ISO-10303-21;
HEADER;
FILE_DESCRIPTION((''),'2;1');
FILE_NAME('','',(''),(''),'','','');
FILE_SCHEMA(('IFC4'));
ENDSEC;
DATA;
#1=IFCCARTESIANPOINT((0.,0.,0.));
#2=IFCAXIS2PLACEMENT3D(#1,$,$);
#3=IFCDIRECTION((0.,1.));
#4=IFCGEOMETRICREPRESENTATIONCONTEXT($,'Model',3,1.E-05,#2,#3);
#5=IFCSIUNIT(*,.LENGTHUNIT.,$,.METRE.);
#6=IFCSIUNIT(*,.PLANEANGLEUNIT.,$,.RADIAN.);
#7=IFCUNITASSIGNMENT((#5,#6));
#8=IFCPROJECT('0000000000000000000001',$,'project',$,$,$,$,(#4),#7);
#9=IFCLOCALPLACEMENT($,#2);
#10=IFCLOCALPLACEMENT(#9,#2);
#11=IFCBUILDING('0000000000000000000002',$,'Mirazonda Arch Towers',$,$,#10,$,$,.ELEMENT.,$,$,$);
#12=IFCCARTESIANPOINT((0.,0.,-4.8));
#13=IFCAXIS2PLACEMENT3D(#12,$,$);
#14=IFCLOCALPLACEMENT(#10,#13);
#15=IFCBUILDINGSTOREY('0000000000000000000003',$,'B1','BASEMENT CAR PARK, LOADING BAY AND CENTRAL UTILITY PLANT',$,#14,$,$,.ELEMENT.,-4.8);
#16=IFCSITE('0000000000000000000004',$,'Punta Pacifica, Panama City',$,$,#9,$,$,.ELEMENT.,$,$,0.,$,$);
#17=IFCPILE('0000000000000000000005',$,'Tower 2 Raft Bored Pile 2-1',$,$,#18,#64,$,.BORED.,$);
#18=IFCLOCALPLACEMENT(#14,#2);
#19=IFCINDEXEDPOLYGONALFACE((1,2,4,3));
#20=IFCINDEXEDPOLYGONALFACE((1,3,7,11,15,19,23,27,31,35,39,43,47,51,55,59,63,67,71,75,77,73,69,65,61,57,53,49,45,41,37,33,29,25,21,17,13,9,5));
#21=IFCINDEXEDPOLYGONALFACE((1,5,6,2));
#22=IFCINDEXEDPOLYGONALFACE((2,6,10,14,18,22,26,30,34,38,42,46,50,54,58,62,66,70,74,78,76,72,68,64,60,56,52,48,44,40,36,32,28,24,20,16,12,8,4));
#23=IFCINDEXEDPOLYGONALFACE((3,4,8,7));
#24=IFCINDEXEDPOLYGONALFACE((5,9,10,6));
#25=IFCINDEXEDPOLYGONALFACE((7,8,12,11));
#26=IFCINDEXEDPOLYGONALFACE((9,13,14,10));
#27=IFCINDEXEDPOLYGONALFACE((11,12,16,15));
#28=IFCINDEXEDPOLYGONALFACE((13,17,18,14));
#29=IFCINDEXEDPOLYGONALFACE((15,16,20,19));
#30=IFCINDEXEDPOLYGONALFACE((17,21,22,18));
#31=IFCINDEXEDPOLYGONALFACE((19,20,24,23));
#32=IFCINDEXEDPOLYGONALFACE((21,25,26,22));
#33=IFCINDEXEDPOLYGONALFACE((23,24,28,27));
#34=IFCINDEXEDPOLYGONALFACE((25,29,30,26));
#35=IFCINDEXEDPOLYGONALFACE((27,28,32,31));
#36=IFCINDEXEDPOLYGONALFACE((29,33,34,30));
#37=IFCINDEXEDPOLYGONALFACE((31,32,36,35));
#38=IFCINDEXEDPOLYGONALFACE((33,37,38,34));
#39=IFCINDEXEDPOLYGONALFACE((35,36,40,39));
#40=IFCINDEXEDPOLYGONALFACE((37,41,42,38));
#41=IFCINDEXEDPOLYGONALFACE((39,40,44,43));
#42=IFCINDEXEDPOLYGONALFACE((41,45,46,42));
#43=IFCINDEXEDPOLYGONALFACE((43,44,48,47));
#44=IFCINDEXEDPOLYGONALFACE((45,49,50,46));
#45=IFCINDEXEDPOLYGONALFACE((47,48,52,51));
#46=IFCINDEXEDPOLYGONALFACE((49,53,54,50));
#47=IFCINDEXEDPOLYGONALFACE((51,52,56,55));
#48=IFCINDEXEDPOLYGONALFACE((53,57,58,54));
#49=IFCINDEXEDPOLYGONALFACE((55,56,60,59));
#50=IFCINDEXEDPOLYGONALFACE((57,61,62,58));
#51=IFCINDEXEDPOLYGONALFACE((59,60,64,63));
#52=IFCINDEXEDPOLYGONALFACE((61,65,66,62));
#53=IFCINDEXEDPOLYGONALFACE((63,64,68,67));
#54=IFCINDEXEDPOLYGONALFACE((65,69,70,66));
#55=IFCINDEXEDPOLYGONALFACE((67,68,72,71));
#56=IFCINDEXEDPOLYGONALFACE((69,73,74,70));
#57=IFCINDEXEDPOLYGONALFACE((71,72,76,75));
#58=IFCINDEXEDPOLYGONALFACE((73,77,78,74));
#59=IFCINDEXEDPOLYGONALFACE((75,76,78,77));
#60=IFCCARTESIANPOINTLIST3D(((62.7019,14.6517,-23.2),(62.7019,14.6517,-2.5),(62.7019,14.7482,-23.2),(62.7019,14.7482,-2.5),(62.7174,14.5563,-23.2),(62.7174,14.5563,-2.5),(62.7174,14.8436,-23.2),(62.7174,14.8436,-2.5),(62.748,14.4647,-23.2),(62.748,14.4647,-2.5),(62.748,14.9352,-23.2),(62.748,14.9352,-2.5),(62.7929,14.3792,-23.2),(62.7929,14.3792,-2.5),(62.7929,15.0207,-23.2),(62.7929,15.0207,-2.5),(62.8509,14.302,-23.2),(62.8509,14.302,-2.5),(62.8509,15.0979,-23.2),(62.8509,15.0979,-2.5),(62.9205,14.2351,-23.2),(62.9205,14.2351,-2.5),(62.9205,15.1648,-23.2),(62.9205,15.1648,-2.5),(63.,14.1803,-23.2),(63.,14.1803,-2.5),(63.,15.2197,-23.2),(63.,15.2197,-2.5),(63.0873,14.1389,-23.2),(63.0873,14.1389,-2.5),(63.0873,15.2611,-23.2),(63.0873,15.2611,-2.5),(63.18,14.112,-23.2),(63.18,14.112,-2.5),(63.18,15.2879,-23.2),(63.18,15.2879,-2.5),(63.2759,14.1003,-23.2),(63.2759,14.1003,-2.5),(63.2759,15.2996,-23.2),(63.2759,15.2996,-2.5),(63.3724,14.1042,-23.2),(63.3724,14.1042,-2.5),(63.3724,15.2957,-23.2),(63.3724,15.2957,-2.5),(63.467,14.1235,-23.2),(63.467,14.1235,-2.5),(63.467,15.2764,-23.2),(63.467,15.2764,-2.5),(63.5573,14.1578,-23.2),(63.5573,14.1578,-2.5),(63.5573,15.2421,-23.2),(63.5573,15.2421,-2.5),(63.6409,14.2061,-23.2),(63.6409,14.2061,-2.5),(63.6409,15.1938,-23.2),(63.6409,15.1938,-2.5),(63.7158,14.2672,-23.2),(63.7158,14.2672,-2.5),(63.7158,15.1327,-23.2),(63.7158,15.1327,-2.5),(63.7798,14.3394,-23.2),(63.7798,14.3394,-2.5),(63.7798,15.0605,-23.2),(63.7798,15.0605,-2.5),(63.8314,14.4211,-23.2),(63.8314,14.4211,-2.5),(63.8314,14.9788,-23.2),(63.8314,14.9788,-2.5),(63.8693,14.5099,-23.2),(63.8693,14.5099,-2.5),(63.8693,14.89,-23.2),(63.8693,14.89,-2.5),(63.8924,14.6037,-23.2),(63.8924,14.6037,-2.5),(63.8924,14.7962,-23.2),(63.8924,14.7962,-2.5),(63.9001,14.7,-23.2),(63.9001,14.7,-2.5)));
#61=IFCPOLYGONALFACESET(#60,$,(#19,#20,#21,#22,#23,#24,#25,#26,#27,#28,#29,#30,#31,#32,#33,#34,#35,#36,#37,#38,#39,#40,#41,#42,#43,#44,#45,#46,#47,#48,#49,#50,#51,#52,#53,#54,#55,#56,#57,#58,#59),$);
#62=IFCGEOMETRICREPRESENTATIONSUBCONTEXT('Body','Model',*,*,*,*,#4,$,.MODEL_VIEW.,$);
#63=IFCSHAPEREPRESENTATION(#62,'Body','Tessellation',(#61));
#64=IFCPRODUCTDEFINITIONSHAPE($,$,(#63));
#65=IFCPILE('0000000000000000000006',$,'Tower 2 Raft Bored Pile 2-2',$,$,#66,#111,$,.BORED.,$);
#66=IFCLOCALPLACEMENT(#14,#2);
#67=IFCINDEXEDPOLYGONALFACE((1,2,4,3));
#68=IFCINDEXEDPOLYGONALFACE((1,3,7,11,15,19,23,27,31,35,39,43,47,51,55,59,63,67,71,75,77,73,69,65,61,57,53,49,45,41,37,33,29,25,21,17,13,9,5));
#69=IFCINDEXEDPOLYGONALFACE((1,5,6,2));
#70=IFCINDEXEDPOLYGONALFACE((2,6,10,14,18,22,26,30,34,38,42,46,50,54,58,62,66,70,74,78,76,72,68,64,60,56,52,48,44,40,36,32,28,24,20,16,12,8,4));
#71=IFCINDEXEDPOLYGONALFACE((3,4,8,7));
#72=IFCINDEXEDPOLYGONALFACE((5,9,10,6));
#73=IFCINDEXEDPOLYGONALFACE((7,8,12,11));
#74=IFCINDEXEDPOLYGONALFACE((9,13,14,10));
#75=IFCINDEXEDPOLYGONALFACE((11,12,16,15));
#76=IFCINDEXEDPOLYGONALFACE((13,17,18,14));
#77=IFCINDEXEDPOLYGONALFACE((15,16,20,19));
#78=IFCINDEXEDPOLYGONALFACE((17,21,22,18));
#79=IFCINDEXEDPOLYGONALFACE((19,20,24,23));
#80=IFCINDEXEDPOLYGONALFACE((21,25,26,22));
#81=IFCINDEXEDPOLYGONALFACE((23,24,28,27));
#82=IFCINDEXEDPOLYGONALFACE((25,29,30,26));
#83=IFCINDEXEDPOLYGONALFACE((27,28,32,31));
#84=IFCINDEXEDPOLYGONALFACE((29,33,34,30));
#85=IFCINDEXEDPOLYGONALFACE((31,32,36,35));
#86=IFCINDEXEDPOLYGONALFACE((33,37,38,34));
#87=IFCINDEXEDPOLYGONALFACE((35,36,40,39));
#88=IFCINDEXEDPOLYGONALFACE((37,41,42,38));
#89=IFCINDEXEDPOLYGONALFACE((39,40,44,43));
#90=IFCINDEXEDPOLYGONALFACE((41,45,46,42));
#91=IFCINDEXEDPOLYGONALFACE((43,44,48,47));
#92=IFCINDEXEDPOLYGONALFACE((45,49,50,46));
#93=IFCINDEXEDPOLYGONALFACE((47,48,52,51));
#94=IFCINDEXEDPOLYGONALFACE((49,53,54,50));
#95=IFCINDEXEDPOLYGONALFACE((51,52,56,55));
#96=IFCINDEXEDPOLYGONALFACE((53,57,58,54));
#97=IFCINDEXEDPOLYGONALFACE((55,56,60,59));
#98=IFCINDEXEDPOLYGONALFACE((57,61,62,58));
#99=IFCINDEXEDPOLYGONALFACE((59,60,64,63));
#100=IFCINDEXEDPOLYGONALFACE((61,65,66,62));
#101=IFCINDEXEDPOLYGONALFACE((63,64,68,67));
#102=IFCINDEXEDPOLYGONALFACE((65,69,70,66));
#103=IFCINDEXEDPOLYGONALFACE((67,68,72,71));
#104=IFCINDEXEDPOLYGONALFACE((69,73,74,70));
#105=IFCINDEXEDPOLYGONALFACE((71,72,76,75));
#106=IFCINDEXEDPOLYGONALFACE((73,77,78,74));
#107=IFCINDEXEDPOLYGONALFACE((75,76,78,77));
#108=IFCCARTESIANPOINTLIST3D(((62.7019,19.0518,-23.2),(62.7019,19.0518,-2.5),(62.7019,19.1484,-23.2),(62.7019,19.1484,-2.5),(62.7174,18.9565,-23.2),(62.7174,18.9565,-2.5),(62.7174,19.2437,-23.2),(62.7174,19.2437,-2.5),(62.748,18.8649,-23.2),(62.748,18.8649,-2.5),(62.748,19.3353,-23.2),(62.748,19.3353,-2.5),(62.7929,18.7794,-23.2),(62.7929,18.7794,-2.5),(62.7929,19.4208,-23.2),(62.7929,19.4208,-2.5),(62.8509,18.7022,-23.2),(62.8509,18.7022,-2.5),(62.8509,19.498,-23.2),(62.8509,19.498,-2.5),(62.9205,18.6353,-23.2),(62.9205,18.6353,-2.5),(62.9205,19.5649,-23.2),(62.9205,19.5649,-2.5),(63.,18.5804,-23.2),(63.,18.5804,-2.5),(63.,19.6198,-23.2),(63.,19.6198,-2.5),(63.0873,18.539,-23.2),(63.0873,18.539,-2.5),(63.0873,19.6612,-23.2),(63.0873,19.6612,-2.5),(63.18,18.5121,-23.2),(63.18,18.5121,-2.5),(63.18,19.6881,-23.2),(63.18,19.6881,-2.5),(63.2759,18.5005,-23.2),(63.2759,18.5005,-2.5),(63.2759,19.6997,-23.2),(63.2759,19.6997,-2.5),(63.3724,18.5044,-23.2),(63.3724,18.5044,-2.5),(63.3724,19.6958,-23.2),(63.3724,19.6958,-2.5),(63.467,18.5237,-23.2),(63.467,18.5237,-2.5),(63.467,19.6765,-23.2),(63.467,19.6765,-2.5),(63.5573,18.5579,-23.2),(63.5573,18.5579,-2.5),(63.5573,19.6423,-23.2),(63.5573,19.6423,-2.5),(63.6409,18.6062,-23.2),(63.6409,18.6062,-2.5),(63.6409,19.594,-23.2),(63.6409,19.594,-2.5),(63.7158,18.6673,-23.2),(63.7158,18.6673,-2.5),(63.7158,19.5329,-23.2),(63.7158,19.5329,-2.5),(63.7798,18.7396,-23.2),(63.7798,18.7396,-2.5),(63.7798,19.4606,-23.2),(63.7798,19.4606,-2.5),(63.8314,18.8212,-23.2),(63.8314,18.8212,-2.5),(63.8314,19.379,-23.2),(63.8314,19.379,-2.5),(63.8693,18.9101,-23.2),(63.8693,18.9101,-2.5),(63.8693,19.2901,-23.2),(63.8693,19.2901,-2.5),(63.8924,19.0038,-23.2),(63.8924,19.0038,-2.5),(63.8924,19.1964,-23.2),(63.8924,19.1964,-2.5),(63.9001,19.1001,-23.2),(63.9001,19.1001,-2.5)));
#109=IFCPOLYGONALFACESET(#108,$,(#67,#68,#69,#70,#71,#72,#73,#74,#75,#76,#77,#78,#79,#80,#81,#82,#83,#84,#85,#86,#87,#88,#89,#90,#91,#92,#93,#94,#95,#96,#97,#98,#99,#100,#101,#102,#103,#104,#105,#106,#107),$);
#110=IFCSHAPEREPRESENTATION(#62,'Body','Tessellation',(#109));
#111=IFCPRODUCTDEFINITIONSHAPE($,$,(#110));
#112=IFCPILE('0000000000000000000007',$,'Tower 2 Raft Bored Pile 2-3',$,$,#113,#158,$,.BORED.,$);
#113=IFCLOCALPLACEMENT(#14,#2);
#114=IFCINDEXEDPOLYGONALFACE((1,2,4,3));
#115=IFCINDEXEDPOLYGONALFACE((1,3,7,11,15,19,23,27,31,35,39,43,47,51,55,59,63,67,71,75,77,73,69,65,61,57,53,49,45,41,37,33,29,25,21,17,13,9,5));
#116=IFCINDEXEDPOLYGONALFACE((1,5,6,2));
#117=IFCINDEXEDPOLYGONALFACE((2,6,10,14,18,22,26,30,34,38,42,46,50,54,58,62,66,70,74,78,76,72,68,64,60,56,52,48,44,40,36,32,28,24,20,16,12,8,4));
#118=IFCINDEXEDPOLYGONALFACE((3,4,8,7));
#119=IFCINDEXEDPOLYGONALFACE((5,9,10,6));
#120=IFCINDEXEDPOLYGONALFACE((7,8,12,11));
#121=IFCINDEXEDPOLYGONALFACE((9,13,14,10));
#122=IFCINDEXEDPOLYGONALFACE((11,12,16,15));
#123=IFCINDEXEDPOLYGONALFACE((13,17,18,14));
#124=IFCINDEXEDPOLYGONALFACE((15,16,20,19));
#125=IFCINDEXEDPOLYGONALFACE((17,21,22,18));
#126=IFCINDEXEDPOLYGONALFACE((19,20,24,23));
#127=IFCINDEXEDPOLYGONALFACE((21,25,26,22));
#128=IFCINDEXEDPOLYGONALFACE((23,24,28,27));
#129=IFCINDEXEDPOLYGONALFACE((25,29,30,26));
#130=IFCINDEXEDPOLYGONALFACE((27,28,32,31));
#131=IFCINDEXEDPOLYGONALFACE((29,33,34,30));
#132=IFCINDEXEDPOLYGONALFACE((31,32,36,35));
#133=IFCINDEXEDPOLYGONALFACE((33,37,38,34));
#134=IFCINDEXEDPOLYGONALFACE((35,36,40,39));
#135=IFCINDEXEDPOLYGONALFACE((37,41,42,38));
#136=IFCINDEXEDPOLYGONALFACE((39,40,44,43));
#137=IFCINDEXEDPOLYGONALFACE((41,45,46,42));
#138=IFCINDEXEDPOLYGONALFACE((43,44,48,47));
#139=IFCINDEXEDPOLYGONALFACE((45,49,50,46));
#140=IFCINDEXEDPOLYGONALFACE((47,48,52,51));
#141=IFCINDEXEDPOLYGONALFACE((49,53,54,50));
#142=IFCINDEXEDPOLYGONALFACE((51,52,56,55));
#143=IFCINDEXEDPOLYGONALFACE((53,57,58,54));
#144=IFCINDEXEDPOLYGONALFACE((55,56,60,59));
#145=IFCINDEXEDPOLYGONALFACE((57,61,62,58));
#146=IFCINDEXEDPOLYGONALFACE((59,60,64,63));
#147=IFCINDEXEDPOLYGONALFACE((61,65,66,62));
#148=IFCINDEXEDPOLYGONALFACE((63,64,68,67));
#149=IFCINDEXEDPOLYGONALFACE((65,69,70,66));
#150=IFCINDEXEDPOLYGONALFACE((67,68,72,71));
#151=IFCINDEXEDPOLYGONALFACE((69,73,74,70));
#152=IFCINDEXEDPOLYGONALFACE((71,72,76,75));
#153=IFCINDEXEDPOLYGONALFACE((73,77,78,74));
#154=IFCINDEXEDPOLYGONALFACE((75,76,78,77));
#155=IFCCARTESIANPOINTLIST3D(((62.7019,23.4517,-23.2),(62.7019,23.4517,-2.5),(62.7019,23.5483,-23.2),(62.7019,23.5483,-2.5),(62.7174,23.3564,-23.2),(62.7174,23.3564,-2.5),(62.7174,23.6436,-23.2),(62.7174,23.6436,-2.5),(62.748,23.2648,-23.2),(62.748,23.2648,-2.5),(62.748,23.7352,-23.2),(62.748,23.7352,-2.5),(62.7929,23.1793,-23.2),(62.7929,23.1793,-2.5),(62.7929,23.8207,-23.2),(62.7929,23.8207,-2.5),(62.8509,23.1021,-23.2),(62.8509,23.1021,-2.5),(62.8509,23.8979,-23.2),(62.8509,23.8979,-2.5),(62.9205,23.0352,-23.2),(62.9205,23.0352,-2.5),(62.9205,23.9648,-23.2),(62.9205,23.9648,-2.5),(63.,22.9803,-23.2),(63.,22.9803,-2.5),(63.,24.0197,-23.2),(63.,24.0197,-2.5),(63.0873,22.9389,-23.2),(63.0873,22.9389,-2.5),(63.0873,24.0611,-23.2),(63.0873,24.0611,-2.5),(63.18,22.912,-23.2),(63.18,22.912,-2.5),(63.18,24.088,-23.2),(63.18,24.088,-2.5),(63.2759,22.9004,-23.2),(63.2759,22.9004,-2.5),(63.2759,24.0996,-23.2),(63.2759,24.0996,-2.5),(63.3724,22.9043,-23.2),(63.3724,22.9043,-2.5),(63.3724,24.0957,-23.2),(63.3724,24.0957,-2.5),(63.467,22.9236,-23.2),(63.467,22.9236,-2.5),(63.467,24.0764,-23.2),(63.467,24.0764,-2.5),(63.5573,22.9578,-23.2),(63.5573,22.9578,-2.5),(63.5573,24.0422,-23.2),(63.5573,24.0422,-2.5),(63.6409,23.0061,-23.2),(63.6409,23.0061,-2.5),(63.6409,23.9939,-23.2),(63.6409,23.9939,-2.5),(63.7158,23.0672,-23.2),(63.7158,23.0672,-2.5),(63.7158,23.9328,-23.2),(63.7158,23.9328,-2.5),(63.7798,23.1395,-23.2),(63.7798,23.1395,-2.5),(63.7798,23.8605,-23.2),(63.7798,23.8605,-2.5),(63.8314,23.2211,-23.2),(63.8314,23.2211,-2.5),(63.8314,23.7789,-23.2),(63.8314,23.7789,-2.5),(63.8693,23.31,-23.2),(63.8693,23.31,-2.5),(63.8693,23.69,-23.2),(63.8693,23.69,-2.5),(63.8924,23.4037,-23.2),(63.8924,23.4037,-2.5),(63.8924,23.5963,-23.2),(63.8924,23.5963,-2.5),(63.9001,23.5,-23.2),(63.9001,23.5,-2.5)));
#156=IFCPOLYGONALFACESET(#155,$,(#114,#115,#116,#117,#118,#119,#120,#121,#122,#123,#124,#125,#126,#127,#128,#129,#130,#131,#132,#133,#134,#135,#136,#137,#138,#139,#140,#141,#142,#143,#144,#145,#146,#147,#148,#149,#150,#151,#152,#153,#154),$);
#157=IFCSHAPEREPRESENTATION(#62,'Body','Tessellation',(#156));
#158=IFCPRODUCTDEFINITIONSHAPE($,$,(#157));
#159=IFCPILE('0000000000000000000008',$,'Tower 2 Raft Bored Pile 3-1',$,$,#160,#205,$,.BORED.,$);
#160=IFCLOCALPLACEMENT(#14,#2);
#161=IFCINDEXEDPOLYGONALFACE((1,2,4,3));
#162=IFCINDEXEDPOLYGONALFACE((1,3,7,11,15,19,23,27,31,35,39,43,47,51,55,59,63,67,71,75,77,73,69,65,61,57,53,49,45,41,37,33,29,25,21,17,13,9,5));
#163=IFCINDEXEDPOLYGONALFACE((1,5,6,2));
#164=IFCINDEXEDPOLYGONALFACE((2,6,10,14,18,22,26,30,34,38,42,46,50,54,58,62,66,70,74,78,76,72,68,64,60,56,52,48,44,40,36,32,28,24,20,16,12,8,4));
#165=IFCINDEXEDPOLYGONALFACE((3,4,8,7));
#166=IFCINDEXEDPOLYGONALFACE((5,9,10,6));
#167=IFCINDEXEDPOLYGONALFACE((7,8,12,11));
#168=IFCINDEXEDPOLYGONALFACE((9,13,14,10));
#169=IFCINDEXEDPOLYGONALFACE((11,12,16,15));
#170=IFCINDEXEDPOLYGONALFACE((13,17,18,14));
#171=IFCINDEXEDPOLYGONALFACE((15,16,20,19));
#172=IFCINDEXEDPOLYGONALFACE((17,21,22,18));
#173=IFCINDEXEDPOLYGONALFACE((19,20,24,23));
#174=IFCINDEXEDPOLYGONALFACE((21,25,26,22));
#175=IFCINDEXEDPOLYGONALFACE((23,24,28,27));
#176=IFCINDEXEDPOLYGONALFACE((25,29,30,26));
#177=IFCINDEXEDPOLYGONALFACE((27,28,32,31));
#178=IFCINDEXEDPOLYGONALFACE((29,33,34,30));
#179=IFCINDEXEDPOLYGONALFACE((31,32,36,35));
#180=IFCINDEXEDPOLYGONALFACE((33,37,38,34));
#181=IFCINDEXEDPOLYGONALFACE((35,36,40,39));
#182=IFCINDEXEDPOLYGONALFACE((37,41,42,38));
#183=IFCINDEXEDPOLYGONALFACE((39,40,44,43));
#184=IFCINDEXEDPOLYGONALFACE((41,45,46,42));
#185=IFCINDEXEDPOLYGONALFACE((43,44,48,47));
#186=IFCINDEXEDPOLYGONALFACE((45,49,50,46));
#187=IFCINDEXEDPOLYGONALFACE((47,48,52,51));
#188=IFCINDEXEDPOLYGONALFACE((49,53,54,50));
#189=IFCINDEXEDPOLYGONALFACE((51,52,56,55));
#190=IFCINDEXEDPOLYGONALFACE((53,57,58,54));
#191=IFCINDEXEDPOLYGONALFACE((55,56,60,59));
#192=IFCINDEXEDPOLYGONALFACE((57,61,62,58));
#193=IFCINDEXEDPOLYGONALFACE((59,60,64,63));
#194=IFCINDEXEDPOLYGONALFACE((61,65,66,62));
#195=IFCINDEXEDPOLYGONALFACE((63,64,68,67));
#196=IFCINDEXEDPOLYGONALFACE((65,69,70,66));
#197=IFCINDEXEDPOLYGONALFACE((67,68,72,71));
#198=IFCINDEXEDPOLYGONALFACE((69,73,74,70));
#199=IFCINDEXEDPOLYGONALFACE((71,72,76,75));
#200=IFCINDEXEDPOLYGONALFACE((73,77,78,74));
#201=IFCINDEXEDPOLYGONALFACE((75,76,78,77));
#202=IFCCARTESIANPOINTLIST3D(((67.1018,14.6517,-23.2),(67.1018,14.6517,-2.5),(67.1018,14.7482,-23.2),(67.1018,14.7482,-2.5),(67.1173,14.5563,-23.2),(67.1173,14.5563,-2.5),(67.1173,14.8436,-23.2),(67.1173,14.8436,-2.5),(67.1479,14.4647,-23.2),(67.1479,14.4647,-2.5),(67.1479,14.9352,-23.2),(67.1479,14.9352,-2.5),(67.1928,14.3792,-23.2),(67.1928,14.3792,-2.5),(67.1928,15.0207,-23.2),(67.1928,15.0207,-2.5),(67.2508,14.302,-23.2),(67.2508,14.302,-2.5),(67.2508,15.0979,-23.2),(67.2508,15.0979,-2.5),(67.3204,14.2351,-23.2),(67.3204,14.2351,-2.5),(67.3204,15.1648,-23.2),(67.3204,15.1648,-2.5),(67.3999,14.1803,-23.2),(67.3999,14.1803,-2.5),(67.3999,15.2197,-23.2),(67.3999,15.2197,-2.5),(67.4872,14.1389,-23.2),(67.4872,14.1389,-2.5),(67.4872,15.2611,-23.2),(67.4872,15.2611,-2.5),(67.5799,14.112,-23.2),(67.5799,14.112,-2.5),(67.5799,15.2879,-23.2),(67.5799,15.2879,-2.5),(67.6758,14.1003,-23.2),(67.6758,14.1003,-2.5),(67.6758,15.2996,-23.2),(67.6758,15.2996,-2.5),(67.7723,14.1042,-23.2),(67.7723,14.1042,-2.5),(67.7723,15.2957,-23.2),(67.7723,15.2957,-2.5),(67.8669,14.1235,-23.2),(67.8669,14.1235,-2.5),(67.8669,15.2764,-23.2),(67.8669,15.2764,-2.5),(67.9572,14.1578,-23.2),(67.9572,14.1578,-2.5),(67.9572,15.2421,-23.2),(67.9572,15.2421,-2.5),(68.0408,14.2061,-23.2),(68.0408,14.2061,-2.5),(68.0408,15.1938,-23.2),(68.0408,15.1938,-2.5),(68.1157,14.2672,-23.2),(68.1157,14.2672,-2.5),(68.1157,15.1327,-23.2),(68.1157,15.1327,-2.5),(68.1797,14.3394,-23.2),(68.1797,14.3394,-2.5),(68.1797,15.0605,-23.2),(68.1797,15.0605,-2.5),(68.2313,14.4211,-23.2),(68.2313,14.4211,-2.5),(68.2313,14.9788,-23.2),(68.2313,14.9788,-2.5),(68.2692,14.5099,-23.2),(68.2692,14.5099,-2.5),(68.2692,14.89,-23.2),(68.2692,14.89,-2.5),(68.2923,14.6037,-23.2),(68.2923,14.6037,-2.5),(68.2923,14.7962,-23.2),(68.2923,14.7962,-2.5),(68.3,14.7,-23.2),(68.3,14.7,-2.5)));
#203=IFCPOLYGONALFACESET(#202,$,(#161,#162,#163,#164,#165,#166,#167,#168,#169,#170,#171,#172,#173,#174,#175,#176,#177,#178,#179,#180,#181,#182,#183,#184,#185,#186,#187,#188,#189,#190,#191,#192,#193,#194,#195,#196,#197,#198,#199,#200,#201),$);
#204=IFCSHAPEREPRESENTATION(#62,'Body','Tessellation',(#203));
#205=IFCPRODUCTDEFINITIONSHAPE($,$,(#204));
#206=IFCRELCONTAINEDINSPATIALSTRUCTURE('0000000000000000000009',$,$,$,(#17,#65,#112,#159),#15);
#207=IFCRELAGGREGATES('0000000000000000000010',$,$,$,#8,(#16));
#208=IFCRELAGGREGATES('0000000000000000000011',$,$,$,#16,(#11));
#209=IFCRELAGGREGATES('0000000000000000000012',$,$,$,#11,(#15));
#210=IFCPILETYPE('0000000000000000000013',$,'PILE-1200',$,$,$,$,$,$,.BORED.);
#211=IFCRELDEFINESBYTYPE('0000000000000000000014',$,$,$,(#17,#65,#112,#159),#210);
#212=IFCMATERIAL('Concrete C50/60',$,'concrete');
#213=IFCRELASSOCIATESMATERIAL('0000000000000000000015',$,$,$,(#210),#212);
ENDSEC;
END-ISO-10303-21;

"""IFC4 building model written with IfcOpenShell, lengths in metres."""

from ifc_helpers import new_model, si_unit, direction, frame, origin, origin_2d, place, context, subcontext, project, spatial, circle, extrude, material, material_profile, profile_set, type_object, element, save


model = new_model("IFC4")

# Units and contexts
model_context = context("Model", 3, precision=1e-05, world=origin(), true_north=direction((0.0, 1.0)))
body_context = subcontext(model_context, "Body", "Model", "MODEL_VIEW")
ifc_project = project(units=[si_unit("LENGTHUNIT", "METRE"), si_unit("PLANEANGLEUNIT", "RADIAN")], contexts=[model_context])

# Site, building, storey
site_placement = place(None, origin())
site = spatial("IfcSite", under=ifc_project, at=site_placement, Name="Punta Pacifica, Panama City", CompositionType="ELEMENT", RefElevation=0.0)
building_placement = place(site_placement, origin())
building = spatial("IfcBuilding", under=site, at=building_placement, Name="Mirazonda Arch Towers", CompositionType="ELEMENT")
storey_placement = place(building_placement, frame((0.0, 0.0, -4.8)))
storey = spatial("IfcBuildingStorey", under=building, at=storey_placement, Name="B1", Description="BASEMENT CAR PARK, LOADING BAY AND CENTRAL UTILITY PLANT", CompositionType="ELEMENT", Elevation=-4.8)

# Piles
ifc_material_1 = material(Name="Concrete C50/60", Category="concrete")
ifc_material_profile_1 = material_profile(ifc_material_1, circle(Radius=0.6001, at=origin_2d()), Name="BORED-D1200")
ifc_profile_set_1 = profile_set([ifc_material_profile_1], Name="Concrete C50/60")
pile_type_1 = type_object("IfcPileType", Name="PILE-1200", PredefinedType="BORED", material=ifc_profile_set_1)
for number, where, z_axis, x_axis, name in (
    (1, (63.3, 14.7, -2.5), (0.0, 0.0, -1.0), (1.0, 0.0, 0.0), "Tower 2 Raft Bored Pile 2-1"),
    (2, (63.3, 19.1001, -2.5), (0.0, 0.0, -1.0), (1.0, 0.0, 0.0), "Tower 2 Raft Bored Pile 2-2"),
    (3, (63.3, 23.5, -2.5), (0.0, 0.0, -1.0), (1.0, 0.0, 0.0), "Tower 2 Raft Bored Pile 2-3"),
    (4, (67.7, 14.7, -2.5), (0.0, 0.0, -1.0), (1.0, 0.0, 0.0), "Tower 2 Raft Bored Pile 3-1"),
):
    element("IfcPile", number, at=place(storey_placement, frame(where, z_axis=z_axis, x_axis=x_axis)), inside=storey, type_object=pile_type_1, Name=name, PredefinedType="BORED", context=body_context, shape_type="SweptSolid", body=[
        extrude(circle(Radius=0.6001, at=origin_2d()), origin(), (0.0, 0.0, 1.0), 20.7),
    ])

save(model, "model.ifc")
